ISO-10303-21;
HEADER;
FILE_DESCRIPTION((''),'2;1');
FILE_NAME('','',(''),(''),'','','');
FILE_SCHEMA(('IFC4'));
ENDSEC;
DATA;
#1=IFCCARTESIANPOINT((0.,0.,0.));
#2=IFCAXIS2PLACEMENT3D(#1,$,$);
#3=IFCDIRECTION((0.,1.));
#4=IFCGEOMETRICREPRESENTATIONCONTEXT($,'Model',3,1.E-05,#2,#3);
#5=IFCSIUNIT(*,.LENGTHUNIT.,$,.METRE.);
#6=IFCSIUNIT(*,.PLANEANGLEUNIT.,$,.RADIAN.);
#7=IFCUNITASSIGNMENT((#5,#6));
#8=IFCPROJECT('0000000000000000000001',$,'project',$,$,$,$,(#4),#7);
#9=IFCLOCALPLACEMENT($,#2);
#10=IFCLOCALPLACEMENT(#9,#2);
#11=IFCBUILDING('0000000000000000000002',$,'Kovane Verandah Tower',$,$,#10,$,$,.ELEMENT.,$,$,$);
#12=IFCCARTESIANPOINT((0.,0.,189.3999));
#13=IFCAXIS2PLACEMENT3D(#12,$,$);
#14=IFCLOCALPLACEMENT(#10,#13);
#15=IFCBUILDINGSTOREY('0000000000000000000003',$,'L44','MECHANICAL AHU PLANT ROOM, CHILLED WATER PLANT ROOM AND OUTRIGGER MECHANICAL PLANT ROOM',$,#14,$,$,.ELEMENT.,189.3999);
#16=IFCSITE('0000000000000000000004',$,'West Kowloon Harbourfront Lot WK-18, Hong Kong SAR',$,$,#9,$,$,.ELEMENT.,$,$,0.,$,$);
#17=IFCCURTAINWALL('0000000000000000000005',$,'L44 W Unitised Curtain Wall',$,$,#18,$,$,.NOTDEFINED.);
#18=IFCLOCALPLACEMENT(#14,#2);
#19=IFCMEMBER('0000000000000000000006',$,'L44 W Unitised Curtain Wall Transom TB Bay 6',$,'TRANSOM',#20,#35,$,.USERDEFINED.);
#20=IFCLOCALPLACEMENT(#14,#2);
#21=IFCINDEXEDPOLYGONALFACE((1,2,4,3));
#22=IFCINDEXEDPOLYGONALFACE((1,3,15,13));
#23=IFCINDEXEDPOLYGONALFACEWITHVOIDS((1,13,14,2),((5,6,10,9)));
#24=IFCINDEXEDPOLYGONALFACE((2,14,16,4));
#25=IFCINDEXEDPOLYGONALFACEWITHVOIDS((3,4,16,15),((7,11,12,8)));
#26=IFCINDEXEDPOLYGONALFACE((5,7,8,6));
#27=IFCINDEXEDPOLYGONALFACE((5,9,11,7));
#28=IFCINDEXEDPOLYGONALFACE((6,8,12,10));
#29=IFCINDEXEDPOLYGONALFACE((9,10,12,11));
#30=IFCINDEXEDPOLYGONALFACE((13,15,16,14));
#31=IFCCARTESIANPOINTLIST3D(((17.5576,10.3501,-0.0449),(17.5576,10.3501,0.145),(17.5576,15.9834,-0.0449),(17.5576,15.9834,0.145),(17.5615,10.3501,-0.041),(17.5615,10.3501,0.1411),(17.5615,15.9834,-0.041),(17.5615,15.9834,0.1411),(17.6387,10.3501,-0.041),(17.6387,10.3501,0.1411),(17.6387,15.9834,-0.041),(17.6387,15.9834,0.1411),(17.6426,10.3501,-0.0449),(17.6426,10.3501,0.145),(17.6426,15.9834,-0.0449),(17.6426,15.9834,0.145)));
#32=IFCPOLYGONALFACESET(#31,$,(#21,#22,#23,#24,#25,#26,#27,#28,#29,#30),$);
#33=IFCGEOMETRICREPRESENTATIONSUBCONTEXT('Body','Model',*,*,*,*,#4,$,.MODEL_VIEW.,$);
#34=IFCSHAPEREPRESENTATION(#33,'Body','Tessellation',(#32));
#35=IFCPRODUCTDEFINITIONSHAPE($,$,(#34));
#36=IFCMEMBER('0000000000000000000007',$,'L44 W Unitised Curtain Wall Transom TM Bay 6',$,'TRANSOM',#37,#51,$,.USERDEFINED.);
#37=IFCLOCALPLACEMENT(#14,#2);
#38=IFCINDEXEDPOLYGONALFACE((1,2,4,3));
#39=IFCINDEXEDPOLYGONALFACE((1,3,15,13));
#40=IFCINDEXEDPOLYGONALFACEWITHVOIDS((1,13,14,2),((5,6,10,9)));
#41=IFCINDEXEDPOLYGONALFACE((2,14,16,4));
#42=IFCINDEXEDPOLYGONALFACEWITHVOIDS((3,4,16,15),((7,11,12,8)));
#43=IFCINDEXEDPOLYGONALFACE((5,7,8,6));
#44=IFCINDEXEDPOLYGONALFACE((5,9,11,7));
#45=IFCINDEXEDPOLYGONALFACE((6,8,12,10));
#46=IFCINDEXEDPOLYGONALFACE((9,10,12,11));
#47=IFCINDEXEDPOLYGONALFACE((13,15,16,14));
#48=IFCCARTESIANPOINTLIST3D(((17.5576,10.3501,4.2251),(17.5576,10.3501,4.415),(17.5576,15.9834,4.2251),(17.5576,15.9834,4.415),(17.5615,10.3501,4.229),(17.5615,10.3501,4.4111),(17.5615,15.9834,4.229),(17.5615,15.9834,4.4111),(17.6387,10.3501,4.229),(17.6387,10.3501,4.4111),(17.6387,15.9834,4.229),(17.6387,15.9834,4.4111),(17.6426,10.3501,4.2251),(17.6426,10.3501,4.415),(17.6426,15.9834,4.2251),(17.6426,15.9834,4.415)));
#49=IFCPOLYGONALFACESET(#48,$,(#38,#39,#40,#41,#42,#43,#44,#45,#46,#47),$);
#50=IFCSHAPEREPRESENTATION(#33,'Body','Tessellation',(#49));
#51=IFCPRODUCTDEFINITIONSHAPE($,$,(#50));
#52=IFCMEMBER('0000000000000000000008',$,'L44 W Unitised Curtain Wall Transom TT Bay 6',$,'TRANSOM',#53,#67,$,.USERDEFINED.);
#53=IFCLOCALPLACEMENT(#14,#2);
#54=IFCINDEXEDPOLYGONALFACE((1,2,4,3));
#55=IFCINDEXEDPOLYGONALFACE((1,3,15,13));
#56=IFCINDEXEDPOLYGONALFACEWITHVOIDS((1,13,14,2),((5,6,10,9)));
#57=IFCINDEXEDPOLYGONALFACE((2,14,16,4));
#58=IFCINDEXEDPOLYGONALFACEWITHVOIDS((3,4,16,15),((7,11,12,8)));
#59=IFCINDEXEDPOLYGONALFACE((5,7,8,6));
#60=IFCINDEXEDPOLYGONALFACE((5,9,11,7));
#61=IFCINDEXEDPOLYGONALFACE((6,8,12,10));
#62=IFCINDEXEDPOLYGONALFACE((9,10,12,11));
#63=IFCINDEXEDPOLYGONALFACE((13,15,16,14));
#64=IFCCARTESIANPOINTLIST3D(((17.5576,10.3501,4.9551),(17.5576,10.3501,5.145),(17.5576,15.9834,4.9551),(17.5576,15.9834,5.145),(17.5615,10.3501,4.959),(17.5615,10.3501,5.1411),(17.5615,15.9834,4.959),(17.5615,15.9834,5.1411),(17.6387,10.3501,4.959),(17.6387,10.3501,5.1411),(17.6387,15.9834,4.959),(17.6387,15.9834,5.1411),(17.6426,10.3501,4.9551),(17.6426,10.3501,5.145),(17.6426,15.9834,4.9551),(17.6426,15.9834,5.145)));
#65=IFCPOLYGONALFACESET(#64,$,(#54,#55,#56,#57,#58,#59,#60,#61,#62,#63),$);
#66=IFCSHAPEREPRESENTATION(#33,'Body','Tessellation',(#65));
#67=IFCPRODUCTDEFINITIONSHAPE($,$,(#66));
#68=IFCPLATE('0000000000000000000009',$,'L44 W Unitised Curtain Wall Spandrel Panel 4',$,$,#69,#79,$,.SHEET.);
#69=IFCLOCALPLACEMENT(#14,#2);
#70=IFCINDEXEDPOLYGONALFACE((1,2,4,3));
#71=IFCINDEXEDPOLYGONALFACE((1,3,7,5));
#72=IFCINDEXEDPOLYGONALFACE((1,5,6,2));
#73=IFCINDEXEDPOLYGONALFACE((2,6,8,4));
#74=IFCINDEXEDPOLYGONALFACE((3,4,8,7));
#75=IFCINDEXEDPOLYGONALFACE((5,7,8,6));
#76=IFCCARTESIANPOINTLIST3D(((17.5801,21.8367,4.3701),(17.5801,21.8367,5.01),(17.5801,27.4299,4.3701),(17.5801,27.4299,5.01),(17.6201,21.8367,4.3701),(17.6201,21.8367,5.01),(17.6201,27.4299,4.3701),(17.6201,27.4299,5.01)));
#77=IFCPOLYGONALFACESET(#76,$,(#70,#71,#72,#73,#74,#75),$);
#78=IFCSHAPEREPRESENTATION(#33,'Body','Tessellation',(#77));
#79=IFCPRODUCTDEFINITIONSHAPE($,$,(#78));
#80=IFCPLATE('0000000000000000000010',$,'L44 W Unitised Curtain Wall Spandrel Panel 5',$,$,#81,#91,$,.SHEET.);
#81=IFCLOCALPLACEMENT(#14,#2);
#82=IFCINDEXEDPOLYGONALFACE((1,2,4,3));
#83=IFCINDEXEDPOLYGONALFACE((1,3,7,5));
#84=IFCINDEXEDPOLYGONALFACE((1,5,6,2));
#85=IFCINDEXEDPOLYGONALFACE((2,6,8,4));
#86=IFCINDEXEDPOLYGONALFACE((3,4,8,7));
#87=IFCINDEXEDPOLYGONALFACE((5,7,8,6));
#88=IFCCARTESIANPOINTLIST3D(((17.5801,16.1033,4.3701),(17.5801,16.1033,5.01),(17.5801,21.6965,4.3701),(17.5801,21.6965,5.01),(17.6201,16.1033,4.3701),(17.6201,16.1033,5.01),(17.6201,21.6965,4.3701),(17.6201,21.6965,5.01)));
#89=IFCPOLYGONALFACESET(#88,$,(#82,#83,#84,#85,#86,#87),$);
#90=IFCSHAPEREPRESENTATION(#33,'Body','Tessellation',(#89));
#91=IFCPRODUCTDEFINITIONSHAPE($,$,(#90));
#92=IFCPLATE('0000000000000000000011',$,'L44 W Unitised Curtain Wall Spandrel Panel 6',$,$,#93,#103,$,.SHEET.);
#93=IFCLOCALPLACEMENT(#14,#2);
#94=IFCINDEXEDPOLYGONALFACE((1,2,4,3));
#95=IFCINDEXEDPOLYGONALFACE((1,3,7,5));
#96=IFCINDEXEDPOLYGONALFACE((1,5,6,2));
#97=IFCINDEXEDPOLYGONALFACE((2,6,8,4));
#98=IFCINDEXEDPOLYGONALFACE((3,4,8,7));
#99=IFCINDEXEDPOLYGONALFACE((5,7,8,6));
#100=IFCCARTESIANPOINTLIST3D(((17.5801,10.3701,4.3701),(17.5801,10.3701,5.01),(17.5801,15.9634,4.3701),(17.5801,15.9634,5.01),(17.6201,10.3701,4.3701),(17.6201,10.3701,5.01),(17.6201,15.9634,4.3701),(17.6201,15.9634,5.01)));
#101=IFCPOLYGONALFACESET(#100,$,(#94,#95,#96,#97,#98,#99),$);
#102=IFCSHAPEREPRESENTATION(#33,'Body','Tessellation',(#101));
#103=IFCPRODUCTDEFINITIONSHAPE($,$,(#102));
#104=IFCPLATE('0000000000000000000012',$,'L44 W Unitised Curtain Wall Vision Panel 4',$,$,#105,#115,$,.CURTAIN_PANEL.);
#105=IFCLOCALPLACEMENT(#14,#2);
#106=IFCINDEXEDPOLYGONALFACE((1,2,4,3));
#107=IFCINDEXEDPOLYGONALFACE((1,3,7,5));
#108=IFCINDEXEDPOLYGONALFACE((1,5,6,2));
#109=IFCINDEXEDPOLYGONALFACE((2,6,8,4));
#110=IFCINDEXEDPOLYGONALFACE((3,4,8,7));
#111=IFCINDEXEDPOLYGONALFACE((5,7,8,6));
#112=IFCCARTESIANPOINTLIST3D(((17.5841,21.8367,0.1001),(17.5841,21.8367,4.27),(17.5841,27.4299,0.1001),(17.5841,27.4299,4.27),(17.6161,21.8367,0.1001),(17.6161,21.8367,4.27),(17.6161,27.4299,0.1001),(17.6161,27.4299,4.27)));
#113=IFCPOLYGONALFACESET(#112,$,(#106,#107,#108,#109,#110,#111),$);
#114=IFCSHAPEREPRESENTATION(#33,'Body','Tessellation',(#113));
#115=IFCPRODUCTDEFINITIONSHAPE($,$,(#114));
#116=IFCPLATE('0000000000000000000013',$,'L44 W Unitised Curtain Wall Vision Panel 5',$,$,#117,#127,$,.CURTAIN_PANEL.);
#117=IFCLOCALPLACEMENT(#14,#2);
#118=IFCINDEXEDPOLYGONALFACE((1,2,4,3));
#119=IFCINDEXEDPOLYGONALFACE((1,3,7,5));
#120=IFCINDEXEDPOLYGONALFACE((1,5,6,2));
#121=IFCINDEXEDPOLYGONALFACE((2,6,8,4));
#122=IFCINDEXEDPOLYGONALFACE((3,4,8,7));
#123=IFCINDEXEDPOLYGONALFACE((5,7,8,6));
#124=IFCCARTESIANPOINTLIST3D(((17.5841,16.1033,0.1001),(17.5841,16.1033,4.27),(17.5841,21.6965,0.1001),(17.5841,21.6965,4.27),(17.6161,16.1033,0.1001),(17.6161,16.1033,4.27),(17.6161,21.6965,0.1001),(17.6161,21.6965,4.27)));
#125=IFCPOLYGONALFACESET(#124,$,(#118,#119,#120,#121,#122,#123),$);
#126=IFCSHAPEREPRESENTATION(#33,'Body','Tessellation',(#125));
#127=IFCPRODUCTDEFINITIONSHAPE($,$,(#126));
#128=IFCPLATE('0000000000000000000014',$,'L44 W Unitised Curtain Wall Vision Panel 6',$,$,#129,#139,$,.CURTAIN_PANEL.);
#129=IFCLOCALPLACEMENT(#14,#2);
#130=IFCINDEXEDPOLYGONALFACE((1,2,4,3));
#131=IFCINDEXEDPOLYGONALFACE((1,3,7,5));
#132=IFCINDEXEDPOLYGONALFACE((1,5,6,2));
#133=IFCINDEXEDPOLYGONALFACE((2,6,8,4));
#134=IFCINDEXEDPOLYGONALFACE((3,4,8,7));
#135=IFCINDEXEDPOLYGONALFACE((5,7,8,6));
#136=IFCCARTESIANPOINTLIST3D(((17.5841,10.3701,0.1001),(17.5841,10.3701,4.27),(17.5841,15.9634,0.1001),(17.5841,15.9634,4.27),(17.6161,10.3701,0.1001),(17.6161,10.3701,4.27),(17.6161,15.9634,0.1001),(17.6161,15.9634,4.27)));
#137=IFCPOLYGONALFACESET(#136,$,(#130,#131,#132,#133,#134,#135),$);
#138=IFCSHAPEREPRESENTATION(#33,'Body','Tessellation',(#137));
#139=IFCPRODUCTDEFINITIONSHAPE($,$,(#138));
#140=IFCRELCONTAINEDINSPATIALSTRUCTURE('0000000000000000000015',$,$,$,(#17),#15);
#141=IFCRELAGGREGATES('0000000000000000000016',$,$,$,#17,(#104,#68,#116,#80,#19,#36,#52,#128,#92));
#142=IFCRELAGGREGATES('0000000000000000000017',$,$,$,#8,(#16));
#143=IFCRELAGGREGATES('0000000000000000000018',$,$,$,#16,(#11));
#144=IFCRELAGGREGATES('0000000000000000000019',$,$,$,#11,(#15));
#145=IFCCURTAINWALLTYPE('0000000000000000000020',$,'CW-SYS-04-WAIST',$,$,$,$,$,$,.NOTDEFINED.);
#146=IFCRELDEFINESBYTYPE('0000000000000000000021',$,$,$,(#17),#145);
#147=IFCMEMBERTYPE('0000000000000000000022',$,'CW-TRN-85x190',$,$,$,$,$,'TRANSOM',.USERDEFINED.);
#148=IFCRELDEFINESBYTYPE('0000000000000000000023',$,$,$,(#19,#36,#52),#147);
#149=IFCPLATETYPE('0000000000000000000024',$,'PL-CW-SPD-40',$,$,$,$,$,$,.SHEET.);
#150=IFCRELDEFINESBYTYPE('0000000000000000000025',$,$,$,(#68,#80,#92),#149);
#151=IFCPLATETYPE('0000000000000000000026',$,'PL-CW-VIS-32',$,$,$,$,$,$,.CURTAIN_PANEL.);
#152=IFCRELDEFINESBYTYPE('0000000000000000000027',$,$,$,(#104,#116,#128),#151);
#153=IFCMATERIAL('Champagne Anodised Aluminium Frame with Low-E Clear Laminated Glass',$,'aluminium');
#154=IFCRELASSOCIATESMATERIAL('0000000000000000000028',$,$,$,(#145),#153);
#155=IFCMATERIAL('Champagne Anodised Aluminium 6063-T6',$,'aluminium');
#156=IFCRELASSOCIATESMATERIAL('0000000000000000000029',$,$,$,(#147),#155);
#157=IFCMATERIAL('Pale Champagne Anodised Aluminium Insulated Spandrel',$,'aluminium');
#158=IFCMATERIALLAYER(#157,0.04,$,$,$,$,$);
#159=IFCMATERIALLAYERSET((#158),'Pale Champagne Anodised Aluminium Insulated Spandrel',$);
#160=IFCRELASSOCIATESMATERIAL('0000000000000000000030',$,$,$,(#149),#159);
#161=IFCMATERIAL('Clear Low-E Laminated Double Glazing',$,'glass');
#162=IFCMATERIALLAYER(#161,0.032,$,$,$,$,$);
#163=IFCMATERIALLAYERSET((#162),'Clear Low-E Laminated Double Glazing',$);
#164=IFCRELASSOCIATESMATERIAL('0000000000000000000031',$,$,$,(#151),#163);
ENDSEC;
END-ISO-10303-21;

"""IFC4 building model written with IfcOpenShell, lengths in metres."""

from ifc_helpers import new_model, si_unit, direction, frame, origin, origin_2d, place, context, subcontext, project, spatial, rectangle, hollow_rectangle, extrude, material, layer, layer_set, material_profile, profile_set, type_object, element, aggregate, save


model = new_model("IFC4")

# Units and contexts
model_context = context("Model", 3, precision=1e-05, world=origin(), true_north=direction((0.0, 1.0)))
body_context = subcontext(model_context, "Body", "Model", "MODEL_VIEW")
ifc_project = project(units=[si_unit("LENGTHUNIT", "METRE"), si_unit("PLANEANGLEUNIT", "RADIAN")], contexts=[model_context])

# Site, building, storey
site_placement = place(None, origin())
site = spatial("IfcSite", under=ifc_project, at=site_placement, Name="West Kowloon Harbourfront Lot WK-18, Hong Kong SAR", CompositionType="ELEMENT", RefElevation=0.0)
building_placement = place(site_placement, origin())
building = spatial("IfcBuilding", under=site, at=building_placement, Name="Kovane Verandah Tower", CompositionType="ELEMENT")
storey_placement = place(building_placement, frame((0.0, 0.0, 189.3999)))
storey = spatial("IfcBuildingStorey", under=building, at=storey_placement, Name="L44", Description="MECHANICAL AHU PLANT ROOM, CHILLED WATER PLANT ROOM AND OUTRIGGER MECHANICAL PLANT ROOM", CompositionType="ELEMENT", Elevation=189.3999)

# Shared definitions
ifc_material_1 = material(Name="Champagne Anodised Aluminium Frame with Low-E Clear Laminated Glass", Category="aluminium")
curtain_wall_type = type_object("IfcCurtainWallType", Name="CW-SYS-04-WAIST", PredefinedType="NOTDEFINED", material=ifc_material_1)
ifc_material_2 = material(Name="Champagne Anodised Aluminium 6063-T6", Category="aluminium")

# Curtain wall
curtain_wall_1_placement = place(storey_placement, origin())
curtain_wall_1 = element("IfcCurtainWall", 1, at=curtain_wall_1_placement, inside=storey, type_object=curtain_wall_type, Name="L44 W Unitised Curtain Wall", PredefinedType="NOTDEFINED")

# Members
ifc_material_profile_1 = material_profile(ifc_material_2, hollow_rectangle(XDim=0.085, YDim=0.1899, WallThickness=0.0039, at=origin_2d()), Name="AL85x190x4")
ifc_profile_set_1 = profile_set([ifc_material_profile_1], Name="Champagne Anodised Aluminium 6063-T6")
member_type_1 = type_object("IfcMemberType", Name="CW-TRN-85x190", ElementType="TRANSOM", PredefinedType="USERDEFINED", material=ifc_profile_set_1)
member_1_placement = place(storey_placement, frame((17.6001, 15.9834, 0.05), z_axis=(0.0, -1.0, 0.0), x_axis=(1.0, 0.0, 0.0)))
member_1 = element("IfcMember", 2, at=member_1_placement, type_object=member_type_1, Name="L44 W Unitised Curtain Wall Transom TB Bay 6", ObjectType="TRANSOM", PredefinedType="USERDEFINED", context=body_context, shape_type="SweptSolid", body=[
    extrude(hollow_rectangle(XDim=0.085, YDim=0.1899, WallThickness=0.0039, at=origin_2d()), origin(), (0.0, 0.0, 1.0), 5.6333),
])
member_2_placement = place(storey_placement, frame((17.6001, 15.9834, 4.3201), z_axis=(0.0, -1.0, 0.0), x_axis=(1.0, 0.0, 0.0)))
member_2 = element("IfcMember", 3, at=member_2_placement, type_object=member_type_1, Name="L44 W Unitised Curtain Wall Transom TM Bay 6", ObjectType="TRANSOM", PredefinedType="USERDEFINED", context=body_context, shape_type="SweptSolid", body=[
    extrude(hollow_rectangle(XDim=0.085, YDim=0.1899, WallThickness=0.0039, at=origin_2d()), origin(), (0.0, 0.0, 1.0), 5.6333),
])
member_3_placement = place(storey_placement, frame((17.6001, 15.9834, 5.05), z_axis=(0.0, -1.0, 0.0), x_axis=(1.0, 0.0, 0.0)))
member_3 = element("IfcMember", 4, at=member_3_placement, type_object=member_type_1, Name="L44 W Unitised Curtain Wall Transom TT Bay 6", ObjectType="TRANSOM", PredefinedType="USERDEFINED", context=body_context, shape_type="SweptSolid", body=[
    extrude(hollow_rectangle(XDim=0.085, YDim=0.1899, WallThickness=0.0039, at=origin_2d()), origin(), (0.0, 0.0, 1.0), 5.6333),
])

# Plates
ifc_material_3 = material(Name="Pale Champagne Anodised Aluminium Insulated Spandrel", Category="aluminium")
ifc_layer_1 = layer(ifc_material_3, 0.04)
ifc_layer_set_1 = layer_set([ifc_layer_1], Name="Pale Champagne Anodised Aluminium Insulated Spandrel")
plate_type_1 = type_object("IfcPlateType", Name="PL-CW-SPD-40", PredefinedType="SHEET", material=ifc_layer_set_1)
plate_1_placement = place(storey_placement, frame((17.6001, 24.6333, 4.3701), z_axis=(0.0, 0.0, 1.0), x_axis=(0.0, -1.0, 0.0)))
plate_1 = element("IfcPlate", 5, at=plate_1_placement, type_object=plate_type_1, Name="L44 W Unitised Curtain Wall Spandrel Panel 4", PredefinedType="SHEET", context=body_context, shape_type="SweptSolid", body=[
    extrude(rectangle(XDim=5.5933, YDim=0.04, at=origin_2d()), origin(), (0.0, 0.0, 1.0), 0.6399),
])
plate_2_placement = place(storey_placement, frame((17.6001, 18.8999, 4.3701), z_axis=(0.0, 0.0, 1.0), x_axis=(0.0, -1.0, 0.0)))
plate_2 = element("IfcPlate", 6, at=plate_2_placement, type_object=plate_type_1, Name="L44 W Unitised Curtain Wall Spandrel Panel 5", PredefinedType="SHEET", context=body_context, shape_type="SweptSolid", body=[
    extrude(rectangle(XDim=5.5933, YDim=0.04, at=origin_2d()), origin(), (0.0, 0.0, 1.0), 0.6399),
])
plate_3_placement = place(storey_placement, frame((17.6001, 13.1667, 4.3701), z_axis=(0.0, 0.0, 1.0), x_axis=(0.0, -1.0, 0.0)))
plate_3 = element("IfcPlate", 7, at=plate_3_placement, type_object=plate_type_1, Name="L44 W Unitised Curtain Wall Spandrel Panel 6", PredefinedType="SHEET", context=body_context, shape_type="SweptSolid", body=[
    extrude(rectangle(XDim=5.5933, YDim=0.04, at=origin_2d()), origin(), (0.0, 0.0, 1.0), 0.6399),
])
ifc_material_4 = material(Name="Clear Low-E Laminated Double Glazing", Category="glass")
ifc_layer_2 = layer(ifc_material_4, 0.032)
ifc_layer_set_2 = layer_set([ifc_layer_2], Name="Clear Low-E Laminated Double Glazing")
plate_type_2 = type_object("IfcPlateType", Name="PL-CW-VIS-32", PredefinedType="CURTAIN_PANEL", material=ifc_layer_set_2)
plate_4_placement = place(storey_placement, frame((17.6001, 24.6333, 0.1001), z_axis=(0.0, 0.0, 1.0), x_axis=(0.0, -1.0, 0.0)))
plate_4 = element("IfcPlate", 8, at=plate_4_placement, type_object=plate_type_2, Name="L44 W Unitised Curtain Wall Vision Panel 4", PredefinedType="CURTAIN_PANEL", context=body_context, shape_type="SweptSolid", body=[
    extrude(rectangle(XDim=5.5933, YDim=0.032, at=origin_2d()), origin(), (0.0, 0.0, 1.0), 4.1699),
])
plate_5_placement = place(storey_placement, frame((17.6001, 18.8999, 0.1001), z_axis=(0.0, 0.0, 1.0), x_axis=(0.0, -1.0, 0.0)))
plate_5 = element("IfcPlate", 9, at=plate_5_placement, type_object=plate_type_2, Name="L44 W Unitised Curtain Wall Vision Panel 5", PredefinedType="CURTAIN_PANEL", context=body_context, shape_type="SweptSolid", body=[
    extrude(rectangle(XDim=5.5933, YDim=0.032, at=origin_2d()), origin(), (0.0, 0.0, 1.0), 4.1699),
])
plate_6_placement = place(storey_placement, frame((17.6001, 13.1667, 0.1001), z_axis=(0.0, 0.0, 1.0), x_axis=(0.0, -1.0, 0.0)))
plate_6 = element("IfcPlate", 10, at=plate_6_placement, type_object=plate_type_2, Name="L44 W Unitised Curtain Wall Vision Panel 6", PredefinedType="CURTAIN_PANEL", context=body_context, shape_type="SweptSolid", body=[
    extrude(rectangle(XDim=5.5933, YDim=0.032, at=origin_2d()), origin(), (0.0, 0.0, 1.0), 4.1699),
])
aggregate(curtain_wall_1, [plate_4, plate_1, plate_5, plate_2, member_1, member_2, member_3, plate_6, plate_3])

save(model, "model.ifc")
